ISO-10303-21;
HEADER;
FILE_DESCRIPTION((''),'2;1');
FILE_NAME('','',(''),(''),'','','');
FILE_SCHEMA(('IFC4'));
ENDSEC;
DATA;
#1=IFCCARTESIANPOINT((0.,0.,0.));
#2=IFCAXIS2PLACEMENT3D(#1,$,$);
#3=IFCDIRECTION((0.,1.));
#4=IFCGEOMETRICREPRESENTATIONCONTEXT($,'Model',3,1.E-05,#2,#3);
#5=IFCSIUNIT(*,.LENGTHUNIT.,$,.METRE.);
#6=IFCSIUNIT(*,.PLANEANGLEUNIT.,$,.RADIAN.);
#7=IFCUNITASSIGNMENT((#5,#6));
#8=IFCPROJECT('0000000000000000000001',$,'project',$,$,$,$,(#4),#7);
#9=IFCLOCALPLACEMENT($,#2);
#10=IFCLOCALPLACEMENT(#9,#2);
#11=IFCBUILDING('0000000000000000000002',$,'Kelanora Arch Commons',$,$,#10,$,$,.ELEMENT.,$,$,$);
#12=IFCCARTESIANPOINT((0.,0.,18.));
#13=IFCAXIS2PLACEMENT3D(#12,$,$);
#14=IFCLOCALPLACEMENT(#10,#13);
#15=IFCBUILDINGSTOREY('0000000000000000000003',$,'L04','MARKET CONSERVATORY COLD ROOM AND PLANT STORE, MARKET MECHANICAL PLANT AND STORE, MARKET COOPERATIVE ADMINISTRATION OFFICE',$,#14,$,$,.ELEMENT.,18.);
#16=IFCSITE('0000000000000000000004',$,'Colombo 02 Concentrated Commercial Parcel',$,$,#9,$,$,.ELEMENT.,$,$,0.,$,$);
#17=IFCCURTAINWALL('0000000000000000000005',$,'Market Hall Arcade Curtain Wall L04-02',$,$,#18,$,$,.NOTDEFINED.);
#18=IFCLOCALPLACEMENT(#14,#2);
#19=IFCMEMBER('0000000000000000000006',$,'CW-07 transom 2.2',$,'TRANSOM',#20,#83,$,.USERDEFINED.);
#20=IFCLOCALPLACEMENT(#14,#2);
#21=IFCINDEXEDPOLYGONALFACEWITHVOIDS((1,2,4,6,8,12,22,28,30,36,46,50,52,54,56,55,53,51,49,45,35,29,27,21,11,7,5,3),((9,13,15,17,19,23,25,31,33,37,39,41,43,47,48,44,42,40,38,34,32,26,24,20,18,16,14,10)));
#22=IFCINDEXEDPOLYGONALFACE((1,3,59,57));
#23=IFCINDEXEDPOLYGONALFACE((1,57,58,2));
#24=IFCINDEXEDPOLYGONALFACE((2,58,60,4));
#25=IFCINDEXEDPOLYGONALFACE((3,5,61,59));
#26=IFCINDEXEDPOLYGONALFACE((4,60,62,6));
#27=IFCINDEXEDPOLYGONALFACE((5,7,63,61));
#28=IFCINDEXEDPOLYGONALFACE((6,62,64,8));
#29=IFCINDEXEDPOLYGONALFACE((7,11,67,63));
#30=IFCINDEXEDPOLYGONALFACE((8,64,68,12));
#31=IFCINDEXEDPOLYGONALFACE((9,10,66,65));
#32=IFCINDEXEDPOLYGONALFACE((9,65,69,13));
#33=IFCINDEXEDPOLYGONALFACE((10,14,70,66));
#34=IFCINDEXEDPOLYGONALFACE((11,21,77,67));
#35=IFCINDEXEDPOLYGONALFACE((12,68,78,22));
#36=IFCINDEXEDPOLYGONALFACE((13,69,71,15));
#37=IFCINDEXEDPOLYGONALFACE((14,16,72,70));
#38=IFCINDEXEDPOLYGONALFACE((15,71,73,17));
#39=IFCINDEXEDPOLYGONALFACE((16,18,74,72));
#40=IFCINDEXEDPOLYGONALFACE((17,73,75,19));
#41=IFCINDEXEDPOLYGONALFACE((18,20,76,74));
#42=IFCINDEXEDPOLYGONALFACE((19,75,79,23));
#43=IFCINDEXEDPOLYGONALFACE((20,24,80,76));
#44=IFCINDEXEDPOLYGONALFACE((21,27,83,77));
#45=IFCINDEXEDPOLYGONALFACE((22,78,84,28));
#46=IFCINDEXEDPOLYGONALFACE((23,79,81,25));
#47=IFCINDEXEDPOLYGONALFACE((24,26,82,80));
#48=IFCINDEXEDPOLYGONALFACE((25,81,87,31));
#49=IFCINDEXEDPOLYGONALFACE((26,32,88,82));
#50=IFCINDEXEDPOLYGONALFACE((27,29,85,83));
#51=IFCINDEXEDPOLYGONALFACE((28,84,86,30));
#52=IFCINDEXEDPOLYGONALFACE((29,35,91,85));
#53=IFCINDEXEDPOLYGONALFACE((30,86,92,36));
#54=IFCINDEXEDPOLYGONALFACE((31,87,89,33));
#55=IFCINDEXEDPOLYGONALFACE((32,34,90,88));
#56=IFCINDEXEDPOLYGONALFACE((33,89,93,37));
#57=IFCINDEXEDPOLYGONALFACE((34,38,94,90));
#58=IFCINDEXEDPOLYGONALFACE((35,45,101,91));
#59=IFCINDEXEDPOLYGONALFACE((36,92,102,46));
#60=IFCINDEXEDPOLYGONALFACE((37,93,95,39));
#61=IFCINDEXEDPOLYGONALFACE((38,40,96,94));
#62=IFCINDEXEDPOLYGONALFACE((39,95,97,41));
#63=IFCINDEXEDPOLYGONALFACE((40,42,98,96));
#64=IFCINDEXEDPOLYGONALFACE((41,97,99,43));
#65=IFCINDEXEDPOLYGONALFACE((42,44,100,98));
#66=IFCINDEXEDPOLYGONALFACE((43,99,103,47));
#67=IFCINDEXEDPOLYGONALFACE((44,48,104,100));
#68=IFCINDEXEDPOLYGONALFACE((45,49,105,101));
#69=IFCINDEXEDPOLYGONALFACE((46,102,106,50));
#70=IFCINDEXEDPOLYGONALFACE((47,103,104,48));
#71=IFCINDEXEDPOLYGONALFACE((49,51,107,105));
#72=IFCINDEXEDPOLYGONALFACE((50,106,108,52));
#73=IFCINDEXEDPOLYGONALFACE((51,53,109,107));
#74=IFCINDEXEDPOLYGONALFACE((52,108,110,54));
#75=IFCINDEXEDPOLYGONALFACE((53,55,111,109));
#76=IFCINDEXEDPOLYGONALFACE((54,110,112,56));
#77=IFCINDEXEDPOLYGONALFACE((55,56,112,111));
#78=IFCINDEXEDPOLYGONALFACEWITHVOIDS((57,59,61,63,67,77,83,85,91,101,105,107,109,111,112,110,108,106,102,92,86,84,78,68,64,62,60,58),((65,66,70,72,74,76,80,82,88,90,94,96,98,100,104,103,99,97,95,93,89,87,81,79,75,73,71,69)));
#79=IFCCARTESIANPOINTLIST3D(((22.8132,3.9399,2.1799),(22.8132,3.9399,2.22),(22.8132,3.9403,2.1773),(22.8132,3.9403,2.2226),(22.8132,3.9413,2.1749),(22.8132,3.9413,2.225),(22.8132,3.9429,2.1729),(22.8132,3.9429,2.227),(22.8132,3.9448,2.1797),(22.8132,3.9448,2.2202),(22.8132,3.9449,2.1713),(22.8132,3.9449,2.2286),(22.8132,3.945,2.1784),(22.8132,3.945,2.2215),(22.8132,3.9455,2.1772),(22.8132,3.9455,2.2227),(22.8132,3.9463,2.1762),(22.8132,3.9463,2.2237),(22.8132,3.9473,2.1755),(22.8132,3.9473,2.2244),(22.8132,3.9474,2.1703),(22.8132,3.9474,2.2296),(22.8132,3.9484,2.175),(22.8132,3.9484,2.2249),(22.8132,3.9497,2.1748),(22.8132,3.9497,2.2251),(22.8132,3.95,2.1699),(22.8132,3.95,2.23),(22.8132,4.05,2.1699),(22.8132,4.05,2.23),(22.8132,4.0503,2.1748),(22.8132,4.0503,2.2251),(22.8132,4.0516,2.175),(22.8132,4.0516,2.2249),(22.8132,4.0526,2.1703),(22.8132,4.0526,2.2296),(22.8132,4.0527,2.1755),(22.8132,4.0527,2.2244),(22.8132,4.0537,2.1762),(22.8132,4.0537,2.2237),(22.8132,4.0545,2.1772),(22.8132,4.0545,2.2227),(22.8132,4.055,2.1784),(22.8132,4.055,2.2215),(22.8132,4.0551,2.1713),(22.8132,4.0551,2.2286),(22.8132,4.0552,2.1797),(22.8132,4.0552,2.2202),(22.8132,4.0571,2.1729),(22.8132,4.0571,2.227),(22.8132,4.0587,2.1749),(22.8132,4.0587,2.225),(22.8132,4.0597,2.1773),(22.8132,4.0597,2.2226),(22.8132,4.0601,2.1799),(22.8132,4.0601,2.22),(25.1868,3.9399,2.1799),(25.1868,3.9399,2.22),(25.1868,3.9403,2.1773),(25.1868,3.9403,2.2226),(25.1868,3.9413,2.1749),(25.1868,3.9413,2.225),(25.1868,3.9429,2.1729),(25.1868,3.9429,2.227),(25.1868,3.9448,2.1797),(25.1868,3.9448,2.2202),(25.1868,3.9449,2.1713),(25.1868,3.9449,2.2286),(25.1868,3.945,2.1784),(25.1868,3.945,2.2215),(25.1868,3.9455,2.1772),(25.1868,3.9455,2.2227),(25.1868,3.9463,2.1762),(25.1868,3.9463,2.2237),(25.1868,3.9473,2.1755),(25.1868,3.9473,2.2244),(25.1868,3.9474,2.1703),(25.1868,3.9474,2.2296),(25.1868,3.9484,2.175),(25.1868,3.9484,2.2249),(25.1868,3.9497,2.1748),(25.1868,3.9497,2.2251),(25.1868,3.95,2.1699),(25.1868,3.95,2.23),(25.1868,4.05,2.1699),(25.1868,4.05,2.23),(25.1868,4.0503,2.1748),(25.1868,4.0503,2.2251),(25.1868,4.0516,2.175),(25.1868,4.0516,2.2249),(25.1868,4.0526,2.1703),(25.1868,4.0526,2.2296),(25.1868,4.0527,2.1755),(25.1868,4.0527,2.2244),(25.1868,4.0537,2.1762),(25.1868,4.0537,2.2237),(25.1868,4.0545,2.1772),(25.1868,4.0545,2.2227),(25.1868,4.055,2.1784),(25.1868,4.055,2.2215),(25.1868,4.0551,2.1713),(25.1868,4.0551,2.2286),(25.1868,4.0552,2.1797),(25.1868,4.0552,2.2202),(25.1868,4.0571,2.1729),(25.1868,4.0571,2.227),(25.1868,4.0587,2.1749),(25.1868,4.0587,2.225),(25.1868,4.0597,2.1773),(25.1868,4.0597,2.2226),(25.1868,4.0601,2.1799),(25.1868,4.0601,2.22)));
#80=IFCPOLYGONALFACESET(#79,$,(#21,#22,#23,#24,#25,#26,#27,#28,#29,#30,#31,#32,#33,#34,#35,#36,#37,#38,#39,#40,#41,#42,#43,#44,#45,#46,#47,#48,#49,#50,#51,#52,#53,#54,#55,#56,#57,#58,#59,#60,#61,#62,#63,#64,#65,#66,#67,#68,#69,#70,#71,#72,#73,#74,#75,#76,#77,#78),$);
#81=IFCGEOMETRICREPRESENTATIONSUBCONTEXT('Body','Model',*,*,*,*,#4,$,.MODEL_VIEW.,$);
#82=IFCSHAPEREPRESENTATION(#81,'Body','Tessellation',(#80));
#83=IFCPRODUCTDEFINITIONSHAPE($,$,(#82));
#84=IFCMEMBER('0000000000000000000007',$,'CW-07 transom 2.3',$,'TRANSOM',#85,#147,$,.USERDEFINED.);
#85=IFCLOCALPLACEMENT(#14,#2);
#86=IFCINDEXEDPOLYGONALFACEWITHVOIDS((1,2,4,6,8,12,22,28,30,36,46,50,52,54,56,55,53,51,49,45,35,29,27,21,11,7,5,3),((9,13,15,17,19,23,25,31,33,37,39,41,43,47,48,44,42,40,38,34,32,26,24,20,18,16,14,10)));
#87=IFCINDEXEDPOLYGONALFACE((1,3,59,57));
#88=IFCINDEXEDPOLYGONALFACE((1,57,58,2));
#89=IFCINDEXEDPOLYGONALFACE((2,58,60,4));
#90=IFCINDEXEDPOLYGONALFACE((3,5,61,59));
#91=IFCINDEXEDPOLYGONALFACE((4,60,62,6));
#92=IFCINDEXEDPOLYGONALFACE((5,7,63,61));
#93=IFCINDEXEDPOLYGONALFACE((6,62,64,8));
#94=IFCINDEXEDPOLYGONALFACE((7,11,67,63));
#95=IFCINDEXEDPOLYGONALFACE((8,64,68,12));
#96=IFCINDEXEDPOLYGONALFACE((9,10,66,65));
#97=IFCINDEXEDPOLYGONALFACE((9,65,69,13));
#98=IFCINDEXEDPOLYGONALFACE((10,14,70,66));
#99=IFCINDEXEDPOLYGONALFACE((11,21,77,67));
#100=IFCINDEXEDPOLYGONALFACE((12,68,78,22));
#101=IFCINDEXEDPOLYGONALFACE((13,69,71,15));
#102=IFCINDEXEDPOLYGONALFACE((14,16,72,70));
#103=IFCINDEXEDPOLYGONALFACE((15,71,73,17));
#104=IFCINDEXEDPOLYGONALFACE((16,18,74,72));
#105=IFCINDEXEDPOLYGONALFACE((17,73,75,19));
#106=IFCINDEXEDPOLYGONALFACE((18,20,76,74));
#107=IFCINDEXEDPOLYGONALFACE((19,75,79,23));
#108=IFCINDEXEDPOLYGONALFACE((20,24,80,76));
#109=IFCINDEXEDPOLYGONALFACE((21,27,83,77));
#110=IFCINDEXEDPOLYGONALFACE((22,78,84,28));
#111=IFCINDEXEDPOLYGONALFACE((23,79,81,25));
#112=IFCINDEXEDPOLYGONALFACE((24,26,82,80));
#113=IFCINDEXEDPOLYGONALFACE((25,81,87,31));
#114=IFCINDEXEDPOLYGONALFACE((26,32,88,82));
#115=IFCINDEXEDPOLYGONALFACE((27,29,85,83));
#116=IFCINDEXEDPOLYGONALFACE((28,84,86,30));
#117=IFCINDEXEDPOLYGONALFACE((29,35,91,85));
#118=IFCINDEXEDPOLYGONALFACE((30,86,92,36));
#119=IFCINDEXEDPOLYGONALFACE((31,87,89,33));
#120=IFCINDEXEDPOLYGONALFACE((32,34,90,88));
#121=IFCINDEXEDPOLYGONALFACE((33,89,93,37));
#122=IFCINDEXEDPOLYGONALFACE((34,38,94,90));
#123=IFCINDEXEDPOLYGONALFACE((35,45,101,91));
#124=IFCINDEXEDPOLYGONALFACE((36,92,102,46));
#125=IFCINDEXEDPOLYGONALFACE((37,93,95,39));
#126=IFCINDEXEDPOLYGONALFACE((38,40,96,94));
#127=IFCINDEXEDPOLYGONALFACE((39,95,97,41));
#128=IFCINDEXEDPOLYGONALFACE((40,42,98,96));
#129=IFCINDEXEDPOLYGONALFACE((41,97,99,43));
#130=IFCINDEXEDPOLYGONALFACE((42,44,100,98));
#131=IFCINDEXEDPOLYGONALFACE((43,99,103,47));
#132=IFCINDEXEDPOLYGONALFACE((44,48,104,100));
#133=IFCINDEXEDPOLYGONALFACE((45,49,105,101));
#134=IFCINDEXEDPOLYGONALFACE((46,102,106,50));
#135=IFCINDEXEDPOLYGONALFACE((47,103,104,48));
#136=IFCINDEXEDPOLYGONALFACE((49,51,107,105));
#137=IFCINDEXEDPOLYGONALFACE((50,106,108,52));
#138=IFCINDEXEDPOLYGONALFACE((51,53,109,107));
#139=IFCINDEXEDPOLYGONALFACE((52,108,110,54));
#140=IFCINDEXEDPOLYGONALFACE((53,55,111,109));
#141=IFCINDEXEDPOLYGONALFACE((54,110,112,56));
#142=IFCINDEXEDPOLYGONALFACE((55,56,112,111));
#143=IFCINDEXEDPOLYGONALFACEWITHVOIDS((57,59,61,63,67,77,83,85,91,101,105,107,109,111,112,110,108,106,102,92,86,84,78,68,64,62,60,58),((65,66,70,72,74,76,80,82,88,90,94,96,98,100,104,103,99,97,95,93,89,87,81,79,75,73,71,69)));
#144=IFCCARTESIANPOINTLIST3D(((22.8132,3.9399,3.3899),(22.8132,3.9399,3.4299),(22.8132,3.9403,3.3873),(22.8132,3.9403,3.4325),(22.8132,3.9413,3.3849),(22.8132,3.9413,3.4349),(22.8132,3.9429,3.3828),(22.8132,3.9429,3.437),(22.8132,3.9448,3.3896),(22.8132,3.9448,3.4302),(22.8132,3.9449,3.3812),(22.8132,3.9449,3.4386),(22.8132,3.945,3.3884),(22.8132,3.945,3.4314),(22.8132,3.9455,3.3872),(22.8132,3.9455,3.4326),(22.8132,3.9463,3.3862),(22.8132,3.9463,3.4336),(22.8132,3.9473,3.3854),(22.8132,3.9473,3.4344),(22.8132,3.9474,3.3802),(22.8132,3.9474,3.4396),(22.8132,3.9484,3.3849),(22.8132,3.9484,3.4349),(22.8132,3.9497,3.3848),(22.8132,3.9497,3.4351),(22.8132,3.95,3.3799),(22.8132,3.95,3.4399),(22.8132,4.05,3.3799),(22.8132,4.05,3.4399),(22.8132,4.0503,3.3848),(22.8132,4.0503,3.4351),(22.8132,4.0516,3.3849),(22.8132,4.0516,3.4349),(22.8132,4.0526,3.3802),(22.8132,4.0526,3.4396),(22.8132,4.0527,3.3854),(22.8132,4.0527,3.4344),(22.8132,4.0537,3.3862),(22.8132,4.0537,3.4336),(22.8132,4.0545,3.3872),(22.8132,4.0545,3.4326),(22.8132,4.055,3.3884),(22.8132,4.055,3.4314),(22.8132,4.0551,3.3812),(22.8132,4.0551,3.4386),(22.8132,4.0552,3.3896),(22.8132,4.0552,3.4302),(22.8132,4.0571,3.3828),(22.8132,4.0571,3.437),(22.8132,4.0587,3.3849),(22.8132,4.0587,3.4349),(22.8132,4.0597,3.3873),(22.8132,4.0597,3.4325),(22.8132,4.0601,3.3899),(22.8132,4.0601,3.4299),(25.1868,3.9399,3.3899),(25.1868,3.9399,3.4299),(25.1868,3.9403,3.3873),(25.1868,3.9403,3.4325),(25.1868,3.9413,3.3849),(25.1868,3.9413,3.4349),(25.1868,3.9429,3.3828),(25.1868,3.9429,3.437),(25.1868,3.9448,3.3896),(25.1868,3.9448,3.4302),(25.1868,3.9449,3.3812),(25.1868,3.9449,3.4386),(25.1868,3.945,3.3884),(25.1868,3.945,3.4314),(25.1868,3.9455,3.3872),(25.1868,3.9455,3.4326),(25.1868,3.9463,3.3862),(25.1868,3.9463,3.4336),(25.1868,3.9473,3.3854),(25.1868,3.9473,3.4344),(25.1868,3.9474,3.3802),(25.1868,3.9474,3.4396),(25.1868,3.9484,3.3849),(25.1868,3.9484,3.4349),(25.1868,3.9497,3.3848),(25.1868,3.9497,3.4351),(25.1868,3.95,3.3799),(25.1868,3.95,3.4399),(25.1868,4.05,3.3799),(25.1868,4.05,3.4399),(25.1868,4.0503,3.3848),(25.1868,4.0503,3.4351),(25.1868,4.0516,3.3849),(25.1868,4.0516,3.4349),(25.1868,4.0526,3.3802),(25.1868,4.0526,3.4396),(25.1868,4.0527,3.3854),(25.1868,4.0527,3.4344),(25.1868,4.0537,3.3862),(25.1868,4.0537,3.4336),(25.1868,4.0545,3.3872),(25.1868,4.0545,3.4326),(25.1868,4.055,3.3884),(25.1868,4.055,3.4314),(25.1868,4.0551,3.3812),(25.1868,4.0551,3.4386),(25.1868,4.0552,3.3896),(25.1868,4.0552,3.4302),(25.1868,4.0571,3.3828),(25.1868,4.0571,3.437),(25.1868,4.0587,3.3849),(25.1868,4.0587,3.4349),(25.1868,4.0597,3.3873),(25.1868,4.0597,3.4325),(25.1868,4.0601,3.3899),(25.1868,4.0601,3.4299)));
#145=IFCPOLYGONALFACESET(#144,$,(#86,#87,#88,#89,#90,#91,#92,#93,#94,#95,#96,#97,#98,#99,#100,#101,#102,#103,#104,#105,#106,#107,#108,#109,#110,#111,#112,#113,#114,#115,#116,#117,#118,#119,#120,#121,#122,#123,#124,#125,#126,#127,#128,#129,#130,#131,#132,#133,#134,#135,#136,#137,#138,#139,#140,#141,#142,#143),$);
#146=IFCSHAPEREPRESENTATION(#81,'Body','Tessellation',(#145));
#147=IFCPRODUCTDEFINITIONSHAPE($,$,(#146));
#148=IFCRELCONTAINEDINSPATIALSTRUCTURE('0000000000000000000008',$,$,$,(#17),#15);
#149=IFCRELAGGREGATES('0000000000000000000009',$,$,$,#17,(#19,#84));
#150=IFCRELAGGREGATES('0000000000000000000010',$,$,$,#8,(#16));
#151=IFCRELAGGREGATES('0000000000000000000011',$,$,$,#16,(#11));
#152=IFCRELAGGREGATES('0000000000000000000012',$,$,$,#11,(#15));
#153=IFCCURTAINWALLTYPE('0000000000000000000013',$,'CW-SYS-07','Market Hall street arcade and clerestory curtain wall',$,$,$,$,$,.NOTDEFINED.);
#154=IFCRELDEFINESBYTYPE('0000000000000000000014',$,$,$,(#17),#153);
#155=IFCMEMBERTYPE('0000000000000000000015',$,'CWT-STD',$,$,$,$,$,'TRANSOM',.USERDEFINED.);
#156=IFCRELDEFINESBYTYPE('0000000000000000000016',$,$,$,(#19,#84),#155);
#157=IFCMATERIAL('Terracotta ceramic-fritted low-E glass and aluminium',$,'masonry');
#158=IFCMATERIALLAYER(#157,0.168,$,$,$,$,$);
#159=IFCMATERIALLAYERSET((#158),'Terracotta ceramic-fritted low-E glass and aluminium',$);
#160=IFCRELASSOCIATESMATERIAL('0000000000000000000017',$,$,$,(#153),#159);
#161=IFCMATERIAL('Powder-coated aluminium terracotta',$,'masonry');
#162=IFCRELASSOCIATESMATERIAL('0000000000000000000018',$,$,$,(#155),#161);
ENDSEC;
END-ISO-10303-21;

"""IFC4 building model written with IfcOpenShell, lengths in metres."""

from ifc_helpers import new_model, si_unit, direction, frame, origin, origin_2d, place, context, subcontext, project, spatial, hollow_rectangle, extrude, material, layer, layer_set, material_profile, profile_set, type_object, element, aggregate, save


model = new_model("IFC4")

# Units and contexts
model_context = context("Model", 3, precision=1e-05, world=origin(), true_north=direction((0.0, 1.0)))
body_context = subcontext(model_context, "Body", "Model", "MODEL_VIEW")
ifc_project = project(units=[si_unit("LENGTHUNIT", "METRE"), si_unit("PLANEANGLEUNIT", "RADIAN")], contexts=[model_context])

# Site, building, storey
site_placement = place(None, origin())
site = spatial("IfcSite", under=ifc_project, at=site_placement, Name="Colombo 02 Concentrated Commercial Parcel", CompositionType="ELEMENT", RefElevation=0.0)
building_placement = place(site_placement, origin())
building = spatial("IfcBuilding", under=site, at=building_placement, Name="Kelanora Arch Commons", CompositionType="ELEMENT")
storey_placement = place(building_placement, frame((0.0, 0.0, 18.0)))
storey = spatial("IfcBuildingStorey", under=building, at=storey_placement, Name="L04", Description="MARKET CONSERVATORY COLD ROOM AND PLANT STORE, MARKET MECHANICAL PLANT AND STORE, MARKET COOPERATIVE ADMINISTRATION OFFICE", CompositionType="ELEMENT", Elevation=18.0)

# Curtain wall, members
ifc_material_1 = material(Name="Terracotta ceramic-fritted low-E glass and aluminium", Category="masonry")
ifc_layer_1 = layer(ifc_material_1, 0.168)
ifc_layer_set_1 = layer_set([ifc_layer_1], Name="Terracotta ceramic-fritted low-E glass and aluminium")
curtain_wall_type = type_object("IfcCurtainWallType", Name="CW-SYS-07", Description="Market Hall street arcade and clerestory curtain wall", PredefinedType="NOTDEFINED", material=ifc_layer_set_1)
curtain_wall_placement = place(storey_placement, origin())
curtain_wall = element("IfcCurtainWall", 1, at=curtain_wall_placement, inside=storey, type_object=curtain_wall_type, Name="Market Hall Arcade Curtain Wall L04-02", PredefinedType="NOTDEFINED")
ifc_material_2 = material(Name="Powder-coated aluminium terracotta", Category="masonry")
ifc_material_profile_1 = material_profile(ifc_material_2, hollow_rectangle(XDim=0.1201, YDim=0.0601, WallThickness=0.0049, InnerFilletRadius=0.0049, OuterFilletRadius=0.01, at=origin_2d()), Name="CWT120x60")
ifc_profile_set_1 = profile_set([ifc_material_profile_1], Name="Powder-coated aluminium terracotta")
member_type_1 = type_object("IfcMemberType", Name="CWT-STD", ElementType="TRANSOM", PredefinedType="USERDEFINED", material=ifc_profile_set_1)
member_1_placement = place(storey_placement, frame((22.8132, 4.0, 2.2), z_axis=(1.0, 0.0, 0.0), x_axis=(0.0, 1.0, 0.0)))
member_1 = element("IfcMember", 2, at=member_1_placement, type_object=member_type_1, Name="CW-07 transom 2.2", ObjectType="TRANSOM", PredefinedType="USERDEFINED", context=body_context, shape_type="SweptSolid", body=[
    extrude(hollow_rectangle(XDim=0.1201, YDim=0.0601, WallThickness=0.0049, InnerFilletRadius=0.0049, OuterFilletRadius=0.01, at=origin_2d()), origin(), (0.0, 0.0, 1.0), 2.3735),
])
member_2_placement = place(storey_placement, frame((22.8132, 4.0, 3.4099), z_axis=(1.0, 0.0, 0.0), x_axis=(0.0, 1.0, 0.0)))
member_2 = element("IfcMember", 3, at=member_2_placement, type_object=member_type_1, Name="CW-07 transom 2.3", ObjectType="TRANSOM", PredefinedType="USERDEFINED", context=body_context, shape_type="SweptSolid", body=[
    extrude(hollow_rectangle(XDim=0.1201, YDim=0.0601, WallThickness=0.0049, InnerFilletRadius=0.0049, OuterFilletRadius=0.01, at=origin_2d()), origin(), (0.0, 0.0, 1.0), 2.3735),
])
aggregate(curtain_wall, [member_1, member_2])

save(model, "model.ifc")
